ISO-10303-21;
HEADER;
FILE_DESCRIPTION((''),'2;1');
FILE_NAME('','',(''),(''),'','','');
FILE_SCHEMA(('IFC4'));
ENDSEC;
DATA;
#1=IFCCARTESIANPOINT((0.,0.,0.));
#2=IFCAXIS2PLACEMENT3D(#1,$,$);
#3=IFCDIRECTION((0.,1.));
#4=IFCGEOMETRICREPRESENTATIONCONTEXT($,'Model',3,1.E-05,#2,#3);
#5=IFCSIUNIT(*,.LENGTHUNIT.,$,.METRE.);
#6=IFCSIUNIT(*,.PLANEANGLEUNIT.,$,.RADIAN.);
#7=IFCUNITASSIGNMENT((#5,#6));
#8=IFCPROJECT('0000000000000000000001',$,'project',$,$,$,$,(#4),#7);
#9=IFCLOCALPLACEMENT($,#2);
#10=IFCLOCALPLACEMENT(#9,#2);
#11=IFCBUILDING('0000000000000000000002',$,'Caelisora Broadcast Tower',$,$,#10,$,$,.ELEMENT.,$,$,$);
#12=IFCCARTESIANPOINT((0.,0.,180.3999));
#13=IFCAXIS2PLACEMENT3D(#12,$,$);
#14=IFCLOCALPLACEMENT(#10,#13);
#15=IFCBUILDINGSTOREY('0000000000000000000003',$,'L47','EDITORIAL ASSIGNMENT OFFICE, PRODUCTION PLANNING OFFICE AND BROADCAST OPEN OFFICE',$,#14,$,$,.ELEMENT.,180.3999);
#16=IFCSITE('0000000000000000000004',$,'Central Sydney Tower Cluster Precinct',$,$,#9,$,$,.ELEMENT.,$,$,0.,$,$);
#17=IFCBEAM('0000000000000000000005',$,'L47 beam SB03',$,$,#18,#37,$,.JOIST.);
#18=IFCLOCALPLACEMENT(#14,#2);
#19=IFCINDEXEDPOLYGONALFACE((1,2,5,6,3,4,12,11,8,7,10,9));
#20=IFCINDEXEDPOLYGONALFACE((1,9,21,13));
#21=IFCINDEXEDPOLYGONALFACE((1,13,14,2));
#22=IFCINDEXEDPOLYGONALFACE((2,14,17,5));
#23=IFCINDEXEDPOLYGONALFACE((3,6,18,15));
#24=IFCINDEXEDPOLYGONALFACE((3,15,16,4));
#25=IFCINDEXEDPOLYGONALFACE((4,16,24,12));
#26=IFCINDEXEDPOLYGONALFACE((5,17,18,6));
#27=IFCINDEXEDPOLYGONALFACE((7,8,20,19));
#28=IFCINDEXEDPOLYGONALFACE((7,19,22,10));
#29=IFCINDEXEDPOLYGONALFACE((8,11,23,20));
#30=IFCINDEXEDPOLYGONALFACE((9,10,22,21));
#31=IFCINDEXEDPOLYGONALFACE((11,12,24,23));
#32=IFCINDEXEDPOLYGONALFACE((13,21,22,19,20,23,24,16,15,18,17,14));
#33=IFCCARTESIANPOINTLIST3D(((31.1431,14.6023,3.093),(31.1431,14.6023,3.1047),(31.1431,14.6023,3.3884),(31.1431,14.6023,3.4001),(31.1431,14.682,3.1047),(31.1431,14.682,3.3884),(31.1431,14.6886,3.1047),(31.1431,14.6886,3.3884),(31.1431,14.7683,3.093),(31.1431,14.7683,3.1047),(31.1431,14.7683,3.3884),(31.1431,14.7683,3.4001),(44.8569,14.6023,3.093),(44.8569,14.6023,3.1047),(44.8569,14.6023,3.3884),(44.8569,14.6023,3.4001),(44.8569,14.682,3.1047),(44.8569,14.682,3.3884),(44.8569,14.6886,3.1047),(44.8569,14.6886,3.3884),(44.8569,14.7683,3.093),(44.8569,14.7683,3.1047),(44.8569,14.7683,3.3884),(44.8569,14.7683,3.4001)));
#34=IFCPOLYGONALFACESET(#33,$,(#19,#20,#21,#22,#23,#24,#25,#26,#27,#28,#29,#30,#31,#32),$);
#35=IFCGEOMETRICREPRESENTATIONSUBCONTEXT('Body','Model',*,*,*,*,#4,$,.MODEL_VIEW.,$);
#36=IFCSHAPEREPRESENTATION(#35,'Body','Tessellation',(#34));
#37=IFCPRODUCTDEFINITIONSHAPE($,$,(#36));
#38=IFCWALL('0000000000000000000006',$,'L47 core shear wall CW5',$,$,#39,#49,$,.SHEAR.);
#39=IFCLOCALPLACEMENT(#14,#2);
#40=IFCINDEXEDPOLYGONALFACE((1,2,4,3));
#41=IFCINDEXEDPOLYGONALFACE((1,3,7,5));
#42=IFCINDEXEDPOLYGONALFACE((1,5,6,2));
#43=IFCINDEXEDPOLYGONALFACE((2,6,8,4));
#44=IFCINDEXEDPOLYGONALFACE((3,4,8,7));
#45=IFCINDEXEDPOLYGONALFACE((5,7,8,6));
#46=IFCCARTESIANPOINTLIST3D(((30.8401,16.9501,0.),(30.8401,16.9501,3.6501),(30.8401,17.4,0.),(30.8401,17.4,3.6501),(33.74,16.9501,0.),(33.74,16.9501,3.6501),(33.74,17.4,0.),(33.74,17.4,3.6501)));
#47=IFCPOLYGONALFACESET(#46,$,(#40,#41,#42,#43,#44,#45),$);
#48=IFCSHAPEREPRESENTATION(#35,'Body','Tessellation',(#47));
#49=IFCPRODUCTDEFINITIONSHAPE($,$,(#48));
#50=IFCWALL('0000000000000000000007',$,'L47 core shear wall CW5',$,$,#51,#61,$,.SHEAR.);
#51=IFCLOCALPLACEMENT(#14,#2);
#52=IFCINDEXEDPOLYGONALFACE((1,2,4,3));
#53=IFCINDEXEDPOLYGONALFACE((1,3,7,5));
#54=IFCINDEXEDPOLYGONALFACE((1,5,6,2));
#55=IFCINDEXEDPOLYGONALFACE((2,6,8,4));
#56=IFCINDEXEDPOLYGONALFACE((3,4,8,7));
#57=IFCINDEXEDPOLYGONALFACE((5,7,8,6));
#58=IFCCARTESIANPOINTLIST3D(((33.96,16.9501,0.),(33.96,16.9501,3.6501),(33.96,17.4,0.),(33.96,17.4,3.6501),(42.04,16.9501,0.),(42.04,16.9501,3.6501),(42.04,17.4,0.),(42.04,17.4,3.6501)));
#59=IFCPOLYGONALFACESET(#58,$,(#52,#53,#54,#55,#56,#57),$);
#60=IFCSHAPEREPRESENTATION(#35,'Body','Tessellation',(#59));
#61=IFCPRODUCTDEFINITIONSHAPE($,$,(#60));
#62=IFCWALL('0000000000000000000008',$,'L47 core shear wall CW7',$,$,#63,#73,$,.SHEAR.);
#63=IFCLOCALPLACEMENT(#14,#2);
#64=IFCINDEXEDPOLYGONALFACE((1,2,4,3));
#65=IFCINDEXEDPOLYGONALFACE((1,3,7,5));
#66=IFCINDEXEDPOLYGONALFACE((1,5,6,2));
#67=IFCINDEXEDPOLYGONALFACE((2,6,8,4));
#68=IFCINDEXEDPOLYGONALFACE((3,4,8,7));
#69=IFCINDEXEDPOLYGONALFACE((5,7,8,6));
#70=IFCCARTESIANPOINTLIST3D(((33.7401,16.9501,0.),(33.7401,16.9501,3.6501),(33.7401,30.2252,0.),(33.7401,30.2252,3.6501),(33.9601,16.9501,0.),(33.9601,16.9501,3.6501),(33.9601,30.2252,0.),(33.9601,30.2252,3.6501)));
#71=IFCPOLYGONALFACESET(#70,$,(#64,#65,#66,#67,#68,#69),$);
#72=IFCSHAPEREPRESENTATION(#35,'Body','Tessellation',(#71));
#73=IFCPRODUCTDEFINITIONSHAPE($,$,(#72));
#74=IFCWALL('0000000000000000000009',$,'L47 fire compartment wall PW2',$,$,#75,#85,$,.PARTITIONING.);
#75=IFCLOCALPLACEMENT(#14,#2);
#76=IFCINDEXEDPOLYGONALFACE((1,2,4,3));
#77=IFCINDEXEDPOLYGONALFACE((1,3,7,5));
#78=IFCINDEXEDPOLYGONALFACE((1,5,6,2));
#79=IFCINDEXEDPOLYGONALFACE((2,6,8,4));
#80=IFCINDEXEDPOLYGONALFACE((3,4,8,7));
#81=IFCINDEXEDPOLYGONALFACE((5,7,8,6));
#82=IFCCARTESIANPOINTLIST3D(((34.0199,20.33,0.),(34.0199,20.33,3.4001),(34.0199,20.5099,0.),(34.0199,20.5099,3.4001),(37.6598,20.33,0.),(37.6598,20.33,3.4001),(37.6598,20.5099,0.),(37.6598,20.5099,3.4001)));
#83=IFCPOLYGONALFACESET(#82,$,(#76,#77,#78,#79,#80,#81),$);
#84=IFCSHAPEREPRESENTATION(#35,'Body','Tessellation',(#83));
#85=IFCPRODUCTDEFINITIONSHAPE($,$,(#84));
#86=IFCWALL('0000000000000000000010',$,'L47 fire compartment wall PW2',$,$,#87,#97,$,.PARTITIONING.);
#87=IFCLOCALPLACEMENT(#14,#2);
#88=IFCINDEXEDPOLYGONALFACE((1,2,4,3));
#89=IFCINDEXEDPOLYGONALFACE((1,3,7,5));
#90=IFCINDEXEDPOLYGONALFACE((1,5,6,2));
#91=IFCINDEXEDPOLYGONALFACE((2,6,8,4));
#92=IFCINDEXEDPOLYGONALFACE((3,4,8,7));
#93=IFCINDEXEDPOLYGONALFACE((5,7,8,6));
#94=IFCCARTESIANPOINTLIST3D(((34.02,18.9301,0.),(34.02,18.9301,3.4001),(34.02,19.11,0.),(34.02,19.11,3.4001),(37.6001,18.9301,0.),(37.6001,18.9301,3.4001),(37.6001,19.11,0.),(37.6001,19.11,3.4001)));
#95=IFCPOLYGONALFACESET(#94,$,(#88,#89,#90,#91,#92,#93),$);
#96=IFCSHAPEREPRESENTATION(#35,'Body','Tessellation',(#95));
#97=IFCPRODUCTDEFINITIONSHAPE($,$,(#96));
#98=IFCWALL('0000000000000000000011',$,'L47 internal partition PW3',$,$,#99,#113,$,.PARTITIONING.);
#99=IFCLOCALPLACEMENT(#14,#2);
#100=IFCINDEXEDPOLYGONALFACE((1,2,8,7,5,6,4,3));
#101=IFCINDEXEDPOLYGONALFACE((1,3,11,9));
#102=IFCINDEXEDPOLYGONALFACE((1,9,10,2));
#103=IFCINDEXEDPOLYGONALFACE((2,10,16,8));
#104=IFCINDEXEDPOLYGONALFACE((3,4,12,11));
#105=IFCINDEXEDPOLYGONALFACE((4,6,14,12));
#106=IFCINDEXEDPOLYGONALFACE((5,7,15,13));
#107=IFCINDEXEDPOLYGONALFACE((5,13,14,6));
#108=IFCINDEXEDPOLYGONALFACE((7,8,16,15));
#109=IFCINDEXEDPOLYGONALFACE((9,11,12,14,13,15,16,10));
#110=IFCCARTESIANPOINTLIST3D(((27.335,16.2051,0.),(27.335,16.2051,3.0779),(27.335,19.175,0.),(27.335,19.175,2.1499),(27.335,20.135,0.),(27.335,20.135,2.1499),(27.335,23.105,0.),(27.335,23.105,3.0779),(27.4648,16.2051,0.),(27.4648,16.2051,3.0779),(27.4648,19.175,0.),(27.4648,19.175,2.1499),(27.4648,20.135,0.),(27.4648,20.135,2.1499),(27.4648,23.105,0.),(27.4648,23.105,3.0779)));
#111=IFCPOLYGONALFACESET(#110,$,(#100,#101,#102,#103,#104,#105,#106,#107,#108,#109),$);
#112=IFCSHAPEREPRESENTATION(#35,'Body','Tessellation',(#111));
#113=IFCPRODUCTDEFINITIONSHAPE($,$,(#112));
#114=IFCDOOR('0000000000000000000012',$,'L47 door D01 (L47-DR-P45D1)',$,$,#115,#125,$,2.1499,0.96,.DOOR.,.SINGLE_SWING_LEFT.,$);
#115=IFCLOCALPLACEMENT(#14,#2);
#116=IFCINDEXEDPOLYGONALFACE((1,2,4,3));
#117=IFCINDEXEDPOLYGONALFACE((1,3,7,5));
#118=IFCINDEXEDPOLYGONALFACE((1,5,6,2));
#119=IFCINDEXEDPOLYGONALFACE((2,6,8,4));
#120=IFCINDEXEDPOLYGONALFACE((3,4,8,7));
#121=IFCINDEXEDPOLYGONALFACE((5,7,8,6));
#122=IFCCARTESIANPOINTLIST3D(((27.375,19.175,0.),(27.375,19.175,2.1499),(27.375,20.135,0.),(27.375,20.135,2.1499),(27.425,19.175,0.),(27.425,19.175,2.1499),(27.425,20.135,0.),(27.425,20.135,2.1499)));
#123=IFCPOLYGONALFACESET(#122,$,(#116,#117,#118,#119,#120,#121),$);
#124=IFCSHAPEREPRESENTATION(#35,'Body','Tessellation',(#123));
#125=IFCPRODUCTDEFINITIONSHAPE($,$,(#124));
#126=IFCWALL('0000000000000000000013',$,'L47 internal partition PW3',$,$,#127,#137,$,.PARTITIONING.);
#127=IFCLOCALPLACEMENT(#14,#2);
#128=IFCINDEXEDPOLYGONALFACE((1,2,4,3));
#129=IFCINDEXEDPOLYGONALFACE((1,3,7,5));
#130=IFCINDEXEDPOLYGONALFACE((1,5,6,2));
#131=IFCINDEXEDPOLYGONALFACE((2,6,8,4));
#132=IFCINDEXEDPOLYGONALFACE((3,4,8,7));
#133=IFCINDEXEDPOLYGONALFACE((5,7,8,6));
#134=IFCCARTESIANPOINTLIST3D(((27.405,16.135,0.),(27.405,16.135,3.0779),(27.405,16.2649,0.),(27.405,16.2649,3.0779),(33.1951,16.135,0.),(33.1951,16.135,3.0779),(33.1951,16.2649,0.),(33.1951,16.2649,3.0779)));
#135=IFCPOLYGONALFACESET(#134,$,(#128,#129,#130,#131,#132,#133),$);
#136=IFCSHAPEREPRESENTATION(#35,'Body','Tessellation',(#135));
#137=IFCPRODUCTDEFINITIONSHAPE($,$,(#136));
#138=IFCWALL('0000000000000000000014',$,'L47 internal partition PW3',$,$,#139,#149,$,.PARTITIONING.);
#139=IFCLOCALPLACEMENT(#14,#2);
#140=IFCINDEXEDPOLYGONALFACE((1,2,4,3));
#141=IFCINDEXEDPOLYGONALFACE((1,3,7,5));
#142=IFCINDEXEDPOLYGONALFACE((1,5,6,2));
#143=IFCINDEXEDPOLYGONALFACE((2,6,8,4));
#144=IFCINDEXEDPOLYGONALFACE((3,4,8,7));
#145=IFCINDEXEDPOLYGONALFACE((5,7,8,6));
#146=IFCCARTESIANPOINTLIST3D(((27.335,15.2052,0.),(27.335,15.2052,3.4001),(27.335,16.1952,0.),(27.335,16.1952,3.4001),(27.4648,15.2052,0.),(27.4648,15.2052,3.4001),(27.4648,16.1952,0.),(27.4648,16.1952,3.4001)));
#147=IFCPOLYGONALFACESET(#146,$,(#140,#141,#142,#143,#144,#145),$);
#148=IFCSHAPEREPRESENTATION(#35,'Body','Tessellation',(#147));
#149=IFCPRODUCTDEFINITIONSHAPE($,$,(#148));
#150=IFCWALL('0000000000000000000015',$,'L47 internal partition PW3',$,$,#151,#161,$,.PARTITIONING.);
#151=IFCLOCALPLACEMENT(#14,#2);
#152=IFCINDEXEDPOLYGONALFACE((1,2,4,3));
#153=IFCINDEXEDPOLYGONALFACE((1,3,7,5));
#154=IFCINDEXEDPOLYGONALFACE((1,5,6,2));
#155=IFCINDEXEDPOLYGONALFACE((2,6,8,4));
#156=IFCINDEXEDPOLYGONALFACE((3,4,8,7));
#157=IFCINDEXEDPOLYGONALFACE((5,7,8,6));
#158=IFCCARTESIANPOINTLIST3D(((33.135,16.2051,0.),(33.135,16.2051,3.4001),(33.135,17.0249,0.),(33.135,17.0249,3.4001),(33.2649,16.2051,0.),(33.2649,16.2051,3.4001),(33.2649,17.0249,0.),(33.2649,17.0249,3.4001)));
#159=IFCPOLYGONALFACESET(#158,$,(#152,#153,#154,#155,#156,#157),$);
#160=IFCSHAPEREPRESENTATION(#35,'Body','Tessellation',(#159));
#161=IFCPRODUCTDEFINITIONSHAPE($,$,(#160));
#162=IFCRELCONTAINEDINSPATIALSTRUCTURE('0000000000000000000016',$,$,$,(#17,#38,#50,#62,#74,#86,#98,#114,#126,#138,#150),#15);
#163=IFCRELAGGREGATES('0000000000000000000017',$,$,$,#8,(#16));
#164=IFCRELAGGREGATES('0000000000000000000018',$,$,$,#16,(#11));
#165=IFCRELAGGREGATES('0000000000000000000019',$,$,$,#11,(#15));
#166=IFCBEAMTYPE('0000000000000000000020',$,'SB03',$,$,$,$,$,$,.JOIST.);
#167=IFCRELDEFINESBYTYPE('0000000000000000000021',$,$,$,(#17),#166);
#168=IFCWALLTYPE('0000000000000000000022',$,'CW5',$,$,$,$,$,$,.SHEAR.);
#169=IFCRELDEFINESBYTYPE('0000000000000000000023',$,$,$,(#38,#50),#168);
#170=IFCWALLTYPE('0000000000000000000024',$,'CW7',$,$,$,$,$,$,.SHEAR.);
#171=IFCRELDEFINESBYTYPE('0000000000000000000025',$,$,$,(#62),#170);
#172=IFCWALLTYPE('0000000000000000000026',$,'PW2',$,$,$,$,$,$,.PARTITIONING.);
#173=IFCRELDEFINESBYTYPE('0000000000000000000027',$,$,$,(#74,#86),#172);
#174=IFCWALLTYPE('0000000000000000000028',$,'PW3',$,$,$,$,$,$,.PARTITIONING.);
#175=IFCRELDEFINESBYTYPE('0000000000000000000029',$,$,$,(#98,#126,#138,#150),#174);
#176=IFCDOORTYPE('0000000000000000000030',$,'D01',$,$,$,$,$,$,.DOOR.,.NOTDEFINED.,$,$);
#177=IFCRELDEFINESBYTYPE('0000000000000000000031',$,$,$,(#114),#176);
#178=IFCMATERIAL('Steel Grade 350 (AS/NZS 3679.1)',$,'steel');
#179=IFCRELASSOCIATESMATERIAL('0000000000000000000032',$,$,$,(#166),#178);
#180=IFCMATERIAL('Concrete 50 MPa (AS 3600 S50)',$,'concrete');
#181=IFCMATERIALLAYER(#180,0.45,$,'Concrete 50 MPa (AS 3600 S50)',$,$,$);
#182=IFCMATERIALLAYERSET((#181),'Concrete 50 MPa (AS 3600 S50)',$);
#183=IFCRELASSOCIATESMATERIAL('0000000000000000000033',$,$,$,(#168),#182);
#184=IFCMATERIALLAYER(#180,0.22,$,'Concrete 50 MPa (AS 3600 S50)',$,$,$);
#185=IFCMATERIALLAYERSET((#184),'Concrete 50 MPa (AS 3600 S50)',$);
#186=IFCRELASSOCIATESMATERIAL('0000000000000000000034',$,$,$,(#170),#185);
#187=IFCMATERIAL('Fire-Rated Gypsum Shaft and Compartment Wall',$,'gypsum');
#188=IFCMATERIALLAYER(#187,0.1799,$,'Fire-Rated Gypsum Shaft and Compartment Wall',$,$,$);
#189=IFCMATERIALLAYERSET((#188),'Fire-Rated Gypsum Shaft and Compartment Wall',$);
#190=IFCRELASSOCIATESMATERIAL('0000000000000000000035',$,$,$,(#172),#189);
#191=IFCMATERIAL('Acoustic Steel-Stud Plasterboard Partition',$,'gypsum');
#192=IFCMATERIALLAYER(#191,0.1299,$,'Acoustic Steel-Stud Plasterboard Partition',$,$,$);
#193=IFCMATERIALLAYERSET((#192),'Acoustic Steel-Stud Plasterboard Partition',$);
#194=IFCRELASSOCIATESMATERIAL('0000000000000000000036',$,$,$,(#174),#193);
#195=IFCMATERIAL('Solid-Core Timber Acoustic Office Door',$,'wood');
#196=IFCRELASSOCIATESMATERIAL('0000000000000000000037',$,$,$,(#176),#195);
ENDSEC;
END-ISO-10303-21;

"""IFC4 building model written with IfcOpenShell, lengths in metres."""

from ifc_helpers import new_model, si_unit, direction, frame, frame_2d, origin, origin_2d, place, context, subcontext, project, spatial, rectangle, i_section, extrude, source, transform, mapped, material, layer, layer_set, material_profile, profile_set, type_object, element, fill, save


model = new_model("IFC4")

# Units and contexts
model_context = context("Model", 3, precision=1e-05, world=origin(), true_north=direction((0.0, 1.0)))
body_context = subcontext(model_context, "Body", "Model", "MODEL_VIEW")
ifc_project = project(units=[si_unit("LENGTHUNIT", "METRE"), si_unit("PLANEANGLEUNIT", "RADIAN")], contexts=[model_context])

# Site, building, storey
site_placement = place(None, origin())
site = spatial("IfcSite", under=ifc_project, at=site_placement, Name="Central Sydney Tower Cluster Precinct", CompositionType="ELEMENT", RefElevation=0.0)
building_placement = place(site_placement, origin())
building = spatial("IfcBuilding", under=site, at=building_placement, Name="Caelisora Broadcast Tower", CompositionType="ELEMENT")
storey_placement = place(building_placement, frame((0.0, 0.0, 180.3999)))
storey = spatial("IfcBuildingStorey", under=building, at=storey_placement, Name="L47", Description="EDITORIAL ASSIGNMENT OFFICE, PRODUCTION PLANNING OFFICE AND BROADCAST OPEN OFFICE", CompositionType="ELEMENT", Elevation=180.3999)

# Beam
ifc_material_1 = material(Name="Steel Grade 350 (AS/NZS 3679.1)", Category="steel")
ifc_material_profile_1 = material_profile(ifc_material_1, i_section(OverallWidth=0.166, OverallDepth=0.3071, WebThickness=0.0066, FlangeThickness=0.0117, at=origin_2d()), Name="Steel Grade 350 (AS/NZS 3679.1)")
ifc_profile_set_1 = profile_set([ifc_material_profile_1], Name="Steel Grade 350 (AS/NZS 3679.1)")
beam_type_1 = type_object("IfcBeamType", Name="SB03", PredefinedType="JOIST", material=ifc_profile_set_1)
shared_shape_1 = source(origin(), body_context, "Body", "SweptSolid", [
    extrude(i_section(OverallWidth=0.166, OverallDepth=0.3071, WebThickness=0.0066, FlangeThickness=0.0117, at=origin_2d()), origin(), (0.0, 0.0, 1.0), 13.7139),
])
beam_1_placement = place(storey_placement, frame((31.1431, 14.6853, 3.2466), z_axis=(1.0, 0.0, 0.0), x_axis=(0.0, 1.0, 0.0)))
element("IfcBeam", 1, at=beam_1_placement, inside=storey, type_object=beam_type_1, Name="L47 beam SB03", PredefinedType="JOIST", context=body_context, shape_type="MappedRepresentation", body=[
    mapped(shared_shape_1, transform((0.0, 0.0, 0.0), scale=1.0)),
])

# Shared definitions
ifc_material_2 = material(Name="Concrete 50 MPa (AS 3600 S50)", Category="concrete")

# Walls
ifc_layer_1 = layer(ifc_material_2, 0.45, Name="Concrete 50 MPa (AS 3600 S50)")
ifc_layer_set_1 = layer_set([ifc_layer_1], Name="Concrete 50 MPa (AS 3600 S50)")
wall_type_1 = type_object("IfcWallType", Name="CW5", PredefinedType="SHEAR", material=ifc_layer_set_1)
wall_1_placement = place(storey_placement, frame((30.8401, 17.175, 0.0), z_axis=(0.0, 0.0, 1.0), x_axis=(1.0, 0.0, 0.0)))
element("IfcWall", 2, at=wall_1_placement, inside=storey, type_object=wall_type_1, Name="L47 core shear wall CW5", PredefinedType="SHEAR", context=body_context, shape_type="SweptSolid", body=[
    extrude(rectangle(XDim=2.8999, YDim=0.45, at=frame_2d((1.45, 0.0))), origin(), (0.0, 0.0, 1.0), 3.6501),
])
wall_2_placement = place(storey_placement, frame((33.96, 17.175, 0.0), z_axis=(0.0, 0.0, 1.0), x_axis=(1.0, 0.0, 0.0)))
element("IfcWall", 3, at=wall_2_placement, inside=storey, type_object=wall_type_1, Name="L47 core shear wall CW5", PredefinedType="SHEAR", context=body_context, shape_type="SweptSolid", body=[
    extrude(rectangle(XDim=8.0801, YDim=0.45, at=frame_2d((4.04, 0.0))), origin(), (0.0, 0.0, 1.0), 3.6501),
])
ifc_layer_2 = layer(ifc_material_2, 0.22, Name="Concrete 50 MPa (AS 3600 S50)")
ifc_layer_set_2 = layer_set([ifc_layer_2], Name="Concrete 50 MPa (AS 3600 S50)")
wall_type_2 = type_object("IfcWallType", Name="CW7", PredefinedType="SHEAR", material=ifc_layer_set_2)
wall_3_placement = place(storey_placement, frame((33.8501, 16.95, 0.0), z_axis=(0.0, 0.0, 1.0), x_axis=(0.0, 1.0, 0.0)))
element("IfcWall", 4, at=wall_3_placement, inside=storey, type_object=wall_type_2, Name="L47 core shear wall CW7", PredefinedType="SHEAR", context=body_context, shape_type="SweptSolid", body=[
    extrude(rectangle(XDim=13.2751, YDim=0.22, at=frame_2d((6.6377, 0.0))), origin(), (0.0, 0.0, 1.0), 3.6501),
])
ifc_material_3 = material(Name="Fire-Rated Gypsum Shaft and Compartment Wall", Category="gypsum")
ifc_layer_3 = layer(ifc_material_3, 0.1799, Name="Fire-Rated Gypsum Shaft and Compartment Wall")
ifc_layer_set_3 = layer_set([ifc_layer_3], Name="Fire-Rated Gypsum Shaft and Compartment Wall")
wall_type_3 = type_object("IfcWallType", Name="PW2", PredefinedType="PARTITIONING", material=ifc_layer_set_3)
wall_4_placement = place(storey_placement, frame((34.02, 20.4199, 0.0), z_axis=(0.0, 0.0, 1.0), x_axis=(1.0, 0.0, 0.0)))
element("IfcWall", 5, at=wall_4_placement, inside=storey, type_object=wall_type_3, Name="L47 fire compartment wall PW2", PredefinedType="PARTITIONING", context=body_context, shape_type="SweptSolid", body=[
    extrude(rectangle(XDim=3.6399, YDim=0.1799, at=frame_2d((1.8198, 0.0))), origin(), (0.0, 0.0, 1.0), 3.4001),
])
wall_5_placement = place(storey_placement, frame((34.02, 19.02, 0.0), z_axis=(0.0, 0.0, 1.0), x_axis=(1.0, 0.0, 0.0)))
element("IfcWall", 6, at=wall_5_placement, inside=storey, type_object=wall_type_3, Name="L47 fire compartment wall PW2", PredefinedType="PARTITIONING", context=body_context, shape_type="SweptSolid", body=[
    extrude(rectangle(XDim=3.5801, YDim=0.1799, at=frame_2d((1.79, 0.0))), origin(), (0.0, 0.0, 1.0), 3.4001),
])

# Shared definitions
ifc_material_4 = material(Name="Acoustic Steel-Stud Plasterboard Partition", Category="gypsum")
ifc_layer_4 = layer(ifc_material_4, 0.1299, Name="Acoustic Steel-Stud Plasterboard Partition")
ifc_layer_set_4 = layer_set([ifc_layer_4], Name="Acoustic Steel-Stud Plasterboard Partition")
wall_type_4 = type_object("IfcWallType", Name="PW3", PredefinedType="PARTITIONING", material=ifc_layer_set_4)

# Wall, opening, door
wall_6_placement = place(storey_placement, frame((27.3999, 16.2051, 0.0), z_axis=(0.0, 0.0, 1.0), x_axis=(0.0, 1.0, 0.0)))
wall_6 = element("IfcWall", 7, at=wall_6_placement, inside=storey, type_object=wall_type_4, Name="L47 internal partition PW3", PredefinedType="PARTITIONING", context=body_context, shape_type="SweptSolid", body=[
    extrude(rectangle(XDim=6.8999, YDim=0.1299, at=frame_2d((3.45, 0.0))), origin(), (0.0, 0.0, 1.0), 3.0779),
])
opening_1_placement = place(wall_6_placement, frame((2.97, 0.0, 0.0)))
opening_1 = element("IfcOpeningElement", 8, at=opening_1_placement, cuts=wall_6, PredefinedType="OPENING", context=body_context, shape_type="SweptSolid", body=[
    extrude(rectangle(XDim=0.96, YDim=2.1499, at=frame_2d((0.48, 1.075))), frame((0.0, 0.0769, 0.0), z_axis=(0.0, -1.0, 0.0), x_axis=(1.0, 0.0, 0.0)), (0.0, 0.0, 1.0), 0.1538),
])
ifc_material_5 = material(Name="Solid-Core Timber Acoustic Office Door", Category="wood")
door_type_1 = type_object("IfcDoorType", Name="D01", OperationType="NOTDEFINED", PredefinedType="DOOR", material=ifc_material_5)
door_1_placement = place(opening_1_placement, origin())
door_1 = element("IfcDoor", 9, at=door_1_placement, inside=storey, type_object=door_type_1, Name="L47 door D01 (L47-DR-P45D1)", OperationType="SINGLE_SWING_LEFT", OverallHeight=2.1499, OverallWidth=0.96, PredefinedType="DOOR", context=body_context, shape_type="SweptSolid", body=[
    extrude(rectangle(XDim=0.96, YDim=2.1499, at=frame_2d((0.48, 1.075))), frame((0.0, 0.0249, 0.0), z_axis=(0.0, -1.0, 0.0), x_axis=(1.0, 0.0, 0.0)), (0.0, 0.0, 1.0), 0.05),
])
fill(opening_1, door_1)

# Walls
wall_7_placement = place(storey_placement, frame((27.405, 16.2, 0.0), z_axis=(0.0, 0.0, 1.0), x_axis=(1.0, 0.0, 0.0)))
element("IfcWall", 10, at=wall_7_placement, inside=storey, type_object=wall_type_4, Name="L47 internal partition PW3", PredefinedType="PARTITIONING", context=body_context, shape_type="SweptSolid", body=[
    extrude(rectangle(XDim=5.79, YDim=0.1299, at=frame_2d((2.895, 0.0))), origin(), (0.0, 0.0, 1.0), 3.0779),
])
wall_8_placement = place(storey_placement, frame((27.3999, 15.2051, 0.0), z_axis=(0.0, 0.0, 1.0), x_axis=(0.0, 1.0, 0.0)))
element("IfcWall", 11, at=wall_8_placement, inside=storey, type_object=wall_type_4, Name="L47 internal partition PW3", PredefinedType="PARTITIONING", context=body_context, shape_type="SweptSolid", body=[
    extrude(rectangle(XDim=0.99, YDim=0.1299, at=frame_2d((0.4951, 0.0))), origin(), (0.0, 0.0, 1.0), 3.4001),
])
wall_9_placement = place(storey_placement, frame((33.2, 16.2051, 0.0), z_axis=(0.0, 0.0, 1.0), x_axis=(0.0, 1.0, 0.0)))
element("IfcWall", 12, at=wall_9_placement, inside=storey, type_object=wall_type_4, Name="L47 internal partition PW3", PredefinedType="PARTITIONING", context=body_context, shape_type="SweptSolid", body=[
    extrude(rectangle(XDim=0.8198, YDim=0.1299, at=frame_2d((0.4099, 0.0))), origin(), (0.0, 0.0, 1.0), 3.4001),
])

save(model, "model.ifc")
